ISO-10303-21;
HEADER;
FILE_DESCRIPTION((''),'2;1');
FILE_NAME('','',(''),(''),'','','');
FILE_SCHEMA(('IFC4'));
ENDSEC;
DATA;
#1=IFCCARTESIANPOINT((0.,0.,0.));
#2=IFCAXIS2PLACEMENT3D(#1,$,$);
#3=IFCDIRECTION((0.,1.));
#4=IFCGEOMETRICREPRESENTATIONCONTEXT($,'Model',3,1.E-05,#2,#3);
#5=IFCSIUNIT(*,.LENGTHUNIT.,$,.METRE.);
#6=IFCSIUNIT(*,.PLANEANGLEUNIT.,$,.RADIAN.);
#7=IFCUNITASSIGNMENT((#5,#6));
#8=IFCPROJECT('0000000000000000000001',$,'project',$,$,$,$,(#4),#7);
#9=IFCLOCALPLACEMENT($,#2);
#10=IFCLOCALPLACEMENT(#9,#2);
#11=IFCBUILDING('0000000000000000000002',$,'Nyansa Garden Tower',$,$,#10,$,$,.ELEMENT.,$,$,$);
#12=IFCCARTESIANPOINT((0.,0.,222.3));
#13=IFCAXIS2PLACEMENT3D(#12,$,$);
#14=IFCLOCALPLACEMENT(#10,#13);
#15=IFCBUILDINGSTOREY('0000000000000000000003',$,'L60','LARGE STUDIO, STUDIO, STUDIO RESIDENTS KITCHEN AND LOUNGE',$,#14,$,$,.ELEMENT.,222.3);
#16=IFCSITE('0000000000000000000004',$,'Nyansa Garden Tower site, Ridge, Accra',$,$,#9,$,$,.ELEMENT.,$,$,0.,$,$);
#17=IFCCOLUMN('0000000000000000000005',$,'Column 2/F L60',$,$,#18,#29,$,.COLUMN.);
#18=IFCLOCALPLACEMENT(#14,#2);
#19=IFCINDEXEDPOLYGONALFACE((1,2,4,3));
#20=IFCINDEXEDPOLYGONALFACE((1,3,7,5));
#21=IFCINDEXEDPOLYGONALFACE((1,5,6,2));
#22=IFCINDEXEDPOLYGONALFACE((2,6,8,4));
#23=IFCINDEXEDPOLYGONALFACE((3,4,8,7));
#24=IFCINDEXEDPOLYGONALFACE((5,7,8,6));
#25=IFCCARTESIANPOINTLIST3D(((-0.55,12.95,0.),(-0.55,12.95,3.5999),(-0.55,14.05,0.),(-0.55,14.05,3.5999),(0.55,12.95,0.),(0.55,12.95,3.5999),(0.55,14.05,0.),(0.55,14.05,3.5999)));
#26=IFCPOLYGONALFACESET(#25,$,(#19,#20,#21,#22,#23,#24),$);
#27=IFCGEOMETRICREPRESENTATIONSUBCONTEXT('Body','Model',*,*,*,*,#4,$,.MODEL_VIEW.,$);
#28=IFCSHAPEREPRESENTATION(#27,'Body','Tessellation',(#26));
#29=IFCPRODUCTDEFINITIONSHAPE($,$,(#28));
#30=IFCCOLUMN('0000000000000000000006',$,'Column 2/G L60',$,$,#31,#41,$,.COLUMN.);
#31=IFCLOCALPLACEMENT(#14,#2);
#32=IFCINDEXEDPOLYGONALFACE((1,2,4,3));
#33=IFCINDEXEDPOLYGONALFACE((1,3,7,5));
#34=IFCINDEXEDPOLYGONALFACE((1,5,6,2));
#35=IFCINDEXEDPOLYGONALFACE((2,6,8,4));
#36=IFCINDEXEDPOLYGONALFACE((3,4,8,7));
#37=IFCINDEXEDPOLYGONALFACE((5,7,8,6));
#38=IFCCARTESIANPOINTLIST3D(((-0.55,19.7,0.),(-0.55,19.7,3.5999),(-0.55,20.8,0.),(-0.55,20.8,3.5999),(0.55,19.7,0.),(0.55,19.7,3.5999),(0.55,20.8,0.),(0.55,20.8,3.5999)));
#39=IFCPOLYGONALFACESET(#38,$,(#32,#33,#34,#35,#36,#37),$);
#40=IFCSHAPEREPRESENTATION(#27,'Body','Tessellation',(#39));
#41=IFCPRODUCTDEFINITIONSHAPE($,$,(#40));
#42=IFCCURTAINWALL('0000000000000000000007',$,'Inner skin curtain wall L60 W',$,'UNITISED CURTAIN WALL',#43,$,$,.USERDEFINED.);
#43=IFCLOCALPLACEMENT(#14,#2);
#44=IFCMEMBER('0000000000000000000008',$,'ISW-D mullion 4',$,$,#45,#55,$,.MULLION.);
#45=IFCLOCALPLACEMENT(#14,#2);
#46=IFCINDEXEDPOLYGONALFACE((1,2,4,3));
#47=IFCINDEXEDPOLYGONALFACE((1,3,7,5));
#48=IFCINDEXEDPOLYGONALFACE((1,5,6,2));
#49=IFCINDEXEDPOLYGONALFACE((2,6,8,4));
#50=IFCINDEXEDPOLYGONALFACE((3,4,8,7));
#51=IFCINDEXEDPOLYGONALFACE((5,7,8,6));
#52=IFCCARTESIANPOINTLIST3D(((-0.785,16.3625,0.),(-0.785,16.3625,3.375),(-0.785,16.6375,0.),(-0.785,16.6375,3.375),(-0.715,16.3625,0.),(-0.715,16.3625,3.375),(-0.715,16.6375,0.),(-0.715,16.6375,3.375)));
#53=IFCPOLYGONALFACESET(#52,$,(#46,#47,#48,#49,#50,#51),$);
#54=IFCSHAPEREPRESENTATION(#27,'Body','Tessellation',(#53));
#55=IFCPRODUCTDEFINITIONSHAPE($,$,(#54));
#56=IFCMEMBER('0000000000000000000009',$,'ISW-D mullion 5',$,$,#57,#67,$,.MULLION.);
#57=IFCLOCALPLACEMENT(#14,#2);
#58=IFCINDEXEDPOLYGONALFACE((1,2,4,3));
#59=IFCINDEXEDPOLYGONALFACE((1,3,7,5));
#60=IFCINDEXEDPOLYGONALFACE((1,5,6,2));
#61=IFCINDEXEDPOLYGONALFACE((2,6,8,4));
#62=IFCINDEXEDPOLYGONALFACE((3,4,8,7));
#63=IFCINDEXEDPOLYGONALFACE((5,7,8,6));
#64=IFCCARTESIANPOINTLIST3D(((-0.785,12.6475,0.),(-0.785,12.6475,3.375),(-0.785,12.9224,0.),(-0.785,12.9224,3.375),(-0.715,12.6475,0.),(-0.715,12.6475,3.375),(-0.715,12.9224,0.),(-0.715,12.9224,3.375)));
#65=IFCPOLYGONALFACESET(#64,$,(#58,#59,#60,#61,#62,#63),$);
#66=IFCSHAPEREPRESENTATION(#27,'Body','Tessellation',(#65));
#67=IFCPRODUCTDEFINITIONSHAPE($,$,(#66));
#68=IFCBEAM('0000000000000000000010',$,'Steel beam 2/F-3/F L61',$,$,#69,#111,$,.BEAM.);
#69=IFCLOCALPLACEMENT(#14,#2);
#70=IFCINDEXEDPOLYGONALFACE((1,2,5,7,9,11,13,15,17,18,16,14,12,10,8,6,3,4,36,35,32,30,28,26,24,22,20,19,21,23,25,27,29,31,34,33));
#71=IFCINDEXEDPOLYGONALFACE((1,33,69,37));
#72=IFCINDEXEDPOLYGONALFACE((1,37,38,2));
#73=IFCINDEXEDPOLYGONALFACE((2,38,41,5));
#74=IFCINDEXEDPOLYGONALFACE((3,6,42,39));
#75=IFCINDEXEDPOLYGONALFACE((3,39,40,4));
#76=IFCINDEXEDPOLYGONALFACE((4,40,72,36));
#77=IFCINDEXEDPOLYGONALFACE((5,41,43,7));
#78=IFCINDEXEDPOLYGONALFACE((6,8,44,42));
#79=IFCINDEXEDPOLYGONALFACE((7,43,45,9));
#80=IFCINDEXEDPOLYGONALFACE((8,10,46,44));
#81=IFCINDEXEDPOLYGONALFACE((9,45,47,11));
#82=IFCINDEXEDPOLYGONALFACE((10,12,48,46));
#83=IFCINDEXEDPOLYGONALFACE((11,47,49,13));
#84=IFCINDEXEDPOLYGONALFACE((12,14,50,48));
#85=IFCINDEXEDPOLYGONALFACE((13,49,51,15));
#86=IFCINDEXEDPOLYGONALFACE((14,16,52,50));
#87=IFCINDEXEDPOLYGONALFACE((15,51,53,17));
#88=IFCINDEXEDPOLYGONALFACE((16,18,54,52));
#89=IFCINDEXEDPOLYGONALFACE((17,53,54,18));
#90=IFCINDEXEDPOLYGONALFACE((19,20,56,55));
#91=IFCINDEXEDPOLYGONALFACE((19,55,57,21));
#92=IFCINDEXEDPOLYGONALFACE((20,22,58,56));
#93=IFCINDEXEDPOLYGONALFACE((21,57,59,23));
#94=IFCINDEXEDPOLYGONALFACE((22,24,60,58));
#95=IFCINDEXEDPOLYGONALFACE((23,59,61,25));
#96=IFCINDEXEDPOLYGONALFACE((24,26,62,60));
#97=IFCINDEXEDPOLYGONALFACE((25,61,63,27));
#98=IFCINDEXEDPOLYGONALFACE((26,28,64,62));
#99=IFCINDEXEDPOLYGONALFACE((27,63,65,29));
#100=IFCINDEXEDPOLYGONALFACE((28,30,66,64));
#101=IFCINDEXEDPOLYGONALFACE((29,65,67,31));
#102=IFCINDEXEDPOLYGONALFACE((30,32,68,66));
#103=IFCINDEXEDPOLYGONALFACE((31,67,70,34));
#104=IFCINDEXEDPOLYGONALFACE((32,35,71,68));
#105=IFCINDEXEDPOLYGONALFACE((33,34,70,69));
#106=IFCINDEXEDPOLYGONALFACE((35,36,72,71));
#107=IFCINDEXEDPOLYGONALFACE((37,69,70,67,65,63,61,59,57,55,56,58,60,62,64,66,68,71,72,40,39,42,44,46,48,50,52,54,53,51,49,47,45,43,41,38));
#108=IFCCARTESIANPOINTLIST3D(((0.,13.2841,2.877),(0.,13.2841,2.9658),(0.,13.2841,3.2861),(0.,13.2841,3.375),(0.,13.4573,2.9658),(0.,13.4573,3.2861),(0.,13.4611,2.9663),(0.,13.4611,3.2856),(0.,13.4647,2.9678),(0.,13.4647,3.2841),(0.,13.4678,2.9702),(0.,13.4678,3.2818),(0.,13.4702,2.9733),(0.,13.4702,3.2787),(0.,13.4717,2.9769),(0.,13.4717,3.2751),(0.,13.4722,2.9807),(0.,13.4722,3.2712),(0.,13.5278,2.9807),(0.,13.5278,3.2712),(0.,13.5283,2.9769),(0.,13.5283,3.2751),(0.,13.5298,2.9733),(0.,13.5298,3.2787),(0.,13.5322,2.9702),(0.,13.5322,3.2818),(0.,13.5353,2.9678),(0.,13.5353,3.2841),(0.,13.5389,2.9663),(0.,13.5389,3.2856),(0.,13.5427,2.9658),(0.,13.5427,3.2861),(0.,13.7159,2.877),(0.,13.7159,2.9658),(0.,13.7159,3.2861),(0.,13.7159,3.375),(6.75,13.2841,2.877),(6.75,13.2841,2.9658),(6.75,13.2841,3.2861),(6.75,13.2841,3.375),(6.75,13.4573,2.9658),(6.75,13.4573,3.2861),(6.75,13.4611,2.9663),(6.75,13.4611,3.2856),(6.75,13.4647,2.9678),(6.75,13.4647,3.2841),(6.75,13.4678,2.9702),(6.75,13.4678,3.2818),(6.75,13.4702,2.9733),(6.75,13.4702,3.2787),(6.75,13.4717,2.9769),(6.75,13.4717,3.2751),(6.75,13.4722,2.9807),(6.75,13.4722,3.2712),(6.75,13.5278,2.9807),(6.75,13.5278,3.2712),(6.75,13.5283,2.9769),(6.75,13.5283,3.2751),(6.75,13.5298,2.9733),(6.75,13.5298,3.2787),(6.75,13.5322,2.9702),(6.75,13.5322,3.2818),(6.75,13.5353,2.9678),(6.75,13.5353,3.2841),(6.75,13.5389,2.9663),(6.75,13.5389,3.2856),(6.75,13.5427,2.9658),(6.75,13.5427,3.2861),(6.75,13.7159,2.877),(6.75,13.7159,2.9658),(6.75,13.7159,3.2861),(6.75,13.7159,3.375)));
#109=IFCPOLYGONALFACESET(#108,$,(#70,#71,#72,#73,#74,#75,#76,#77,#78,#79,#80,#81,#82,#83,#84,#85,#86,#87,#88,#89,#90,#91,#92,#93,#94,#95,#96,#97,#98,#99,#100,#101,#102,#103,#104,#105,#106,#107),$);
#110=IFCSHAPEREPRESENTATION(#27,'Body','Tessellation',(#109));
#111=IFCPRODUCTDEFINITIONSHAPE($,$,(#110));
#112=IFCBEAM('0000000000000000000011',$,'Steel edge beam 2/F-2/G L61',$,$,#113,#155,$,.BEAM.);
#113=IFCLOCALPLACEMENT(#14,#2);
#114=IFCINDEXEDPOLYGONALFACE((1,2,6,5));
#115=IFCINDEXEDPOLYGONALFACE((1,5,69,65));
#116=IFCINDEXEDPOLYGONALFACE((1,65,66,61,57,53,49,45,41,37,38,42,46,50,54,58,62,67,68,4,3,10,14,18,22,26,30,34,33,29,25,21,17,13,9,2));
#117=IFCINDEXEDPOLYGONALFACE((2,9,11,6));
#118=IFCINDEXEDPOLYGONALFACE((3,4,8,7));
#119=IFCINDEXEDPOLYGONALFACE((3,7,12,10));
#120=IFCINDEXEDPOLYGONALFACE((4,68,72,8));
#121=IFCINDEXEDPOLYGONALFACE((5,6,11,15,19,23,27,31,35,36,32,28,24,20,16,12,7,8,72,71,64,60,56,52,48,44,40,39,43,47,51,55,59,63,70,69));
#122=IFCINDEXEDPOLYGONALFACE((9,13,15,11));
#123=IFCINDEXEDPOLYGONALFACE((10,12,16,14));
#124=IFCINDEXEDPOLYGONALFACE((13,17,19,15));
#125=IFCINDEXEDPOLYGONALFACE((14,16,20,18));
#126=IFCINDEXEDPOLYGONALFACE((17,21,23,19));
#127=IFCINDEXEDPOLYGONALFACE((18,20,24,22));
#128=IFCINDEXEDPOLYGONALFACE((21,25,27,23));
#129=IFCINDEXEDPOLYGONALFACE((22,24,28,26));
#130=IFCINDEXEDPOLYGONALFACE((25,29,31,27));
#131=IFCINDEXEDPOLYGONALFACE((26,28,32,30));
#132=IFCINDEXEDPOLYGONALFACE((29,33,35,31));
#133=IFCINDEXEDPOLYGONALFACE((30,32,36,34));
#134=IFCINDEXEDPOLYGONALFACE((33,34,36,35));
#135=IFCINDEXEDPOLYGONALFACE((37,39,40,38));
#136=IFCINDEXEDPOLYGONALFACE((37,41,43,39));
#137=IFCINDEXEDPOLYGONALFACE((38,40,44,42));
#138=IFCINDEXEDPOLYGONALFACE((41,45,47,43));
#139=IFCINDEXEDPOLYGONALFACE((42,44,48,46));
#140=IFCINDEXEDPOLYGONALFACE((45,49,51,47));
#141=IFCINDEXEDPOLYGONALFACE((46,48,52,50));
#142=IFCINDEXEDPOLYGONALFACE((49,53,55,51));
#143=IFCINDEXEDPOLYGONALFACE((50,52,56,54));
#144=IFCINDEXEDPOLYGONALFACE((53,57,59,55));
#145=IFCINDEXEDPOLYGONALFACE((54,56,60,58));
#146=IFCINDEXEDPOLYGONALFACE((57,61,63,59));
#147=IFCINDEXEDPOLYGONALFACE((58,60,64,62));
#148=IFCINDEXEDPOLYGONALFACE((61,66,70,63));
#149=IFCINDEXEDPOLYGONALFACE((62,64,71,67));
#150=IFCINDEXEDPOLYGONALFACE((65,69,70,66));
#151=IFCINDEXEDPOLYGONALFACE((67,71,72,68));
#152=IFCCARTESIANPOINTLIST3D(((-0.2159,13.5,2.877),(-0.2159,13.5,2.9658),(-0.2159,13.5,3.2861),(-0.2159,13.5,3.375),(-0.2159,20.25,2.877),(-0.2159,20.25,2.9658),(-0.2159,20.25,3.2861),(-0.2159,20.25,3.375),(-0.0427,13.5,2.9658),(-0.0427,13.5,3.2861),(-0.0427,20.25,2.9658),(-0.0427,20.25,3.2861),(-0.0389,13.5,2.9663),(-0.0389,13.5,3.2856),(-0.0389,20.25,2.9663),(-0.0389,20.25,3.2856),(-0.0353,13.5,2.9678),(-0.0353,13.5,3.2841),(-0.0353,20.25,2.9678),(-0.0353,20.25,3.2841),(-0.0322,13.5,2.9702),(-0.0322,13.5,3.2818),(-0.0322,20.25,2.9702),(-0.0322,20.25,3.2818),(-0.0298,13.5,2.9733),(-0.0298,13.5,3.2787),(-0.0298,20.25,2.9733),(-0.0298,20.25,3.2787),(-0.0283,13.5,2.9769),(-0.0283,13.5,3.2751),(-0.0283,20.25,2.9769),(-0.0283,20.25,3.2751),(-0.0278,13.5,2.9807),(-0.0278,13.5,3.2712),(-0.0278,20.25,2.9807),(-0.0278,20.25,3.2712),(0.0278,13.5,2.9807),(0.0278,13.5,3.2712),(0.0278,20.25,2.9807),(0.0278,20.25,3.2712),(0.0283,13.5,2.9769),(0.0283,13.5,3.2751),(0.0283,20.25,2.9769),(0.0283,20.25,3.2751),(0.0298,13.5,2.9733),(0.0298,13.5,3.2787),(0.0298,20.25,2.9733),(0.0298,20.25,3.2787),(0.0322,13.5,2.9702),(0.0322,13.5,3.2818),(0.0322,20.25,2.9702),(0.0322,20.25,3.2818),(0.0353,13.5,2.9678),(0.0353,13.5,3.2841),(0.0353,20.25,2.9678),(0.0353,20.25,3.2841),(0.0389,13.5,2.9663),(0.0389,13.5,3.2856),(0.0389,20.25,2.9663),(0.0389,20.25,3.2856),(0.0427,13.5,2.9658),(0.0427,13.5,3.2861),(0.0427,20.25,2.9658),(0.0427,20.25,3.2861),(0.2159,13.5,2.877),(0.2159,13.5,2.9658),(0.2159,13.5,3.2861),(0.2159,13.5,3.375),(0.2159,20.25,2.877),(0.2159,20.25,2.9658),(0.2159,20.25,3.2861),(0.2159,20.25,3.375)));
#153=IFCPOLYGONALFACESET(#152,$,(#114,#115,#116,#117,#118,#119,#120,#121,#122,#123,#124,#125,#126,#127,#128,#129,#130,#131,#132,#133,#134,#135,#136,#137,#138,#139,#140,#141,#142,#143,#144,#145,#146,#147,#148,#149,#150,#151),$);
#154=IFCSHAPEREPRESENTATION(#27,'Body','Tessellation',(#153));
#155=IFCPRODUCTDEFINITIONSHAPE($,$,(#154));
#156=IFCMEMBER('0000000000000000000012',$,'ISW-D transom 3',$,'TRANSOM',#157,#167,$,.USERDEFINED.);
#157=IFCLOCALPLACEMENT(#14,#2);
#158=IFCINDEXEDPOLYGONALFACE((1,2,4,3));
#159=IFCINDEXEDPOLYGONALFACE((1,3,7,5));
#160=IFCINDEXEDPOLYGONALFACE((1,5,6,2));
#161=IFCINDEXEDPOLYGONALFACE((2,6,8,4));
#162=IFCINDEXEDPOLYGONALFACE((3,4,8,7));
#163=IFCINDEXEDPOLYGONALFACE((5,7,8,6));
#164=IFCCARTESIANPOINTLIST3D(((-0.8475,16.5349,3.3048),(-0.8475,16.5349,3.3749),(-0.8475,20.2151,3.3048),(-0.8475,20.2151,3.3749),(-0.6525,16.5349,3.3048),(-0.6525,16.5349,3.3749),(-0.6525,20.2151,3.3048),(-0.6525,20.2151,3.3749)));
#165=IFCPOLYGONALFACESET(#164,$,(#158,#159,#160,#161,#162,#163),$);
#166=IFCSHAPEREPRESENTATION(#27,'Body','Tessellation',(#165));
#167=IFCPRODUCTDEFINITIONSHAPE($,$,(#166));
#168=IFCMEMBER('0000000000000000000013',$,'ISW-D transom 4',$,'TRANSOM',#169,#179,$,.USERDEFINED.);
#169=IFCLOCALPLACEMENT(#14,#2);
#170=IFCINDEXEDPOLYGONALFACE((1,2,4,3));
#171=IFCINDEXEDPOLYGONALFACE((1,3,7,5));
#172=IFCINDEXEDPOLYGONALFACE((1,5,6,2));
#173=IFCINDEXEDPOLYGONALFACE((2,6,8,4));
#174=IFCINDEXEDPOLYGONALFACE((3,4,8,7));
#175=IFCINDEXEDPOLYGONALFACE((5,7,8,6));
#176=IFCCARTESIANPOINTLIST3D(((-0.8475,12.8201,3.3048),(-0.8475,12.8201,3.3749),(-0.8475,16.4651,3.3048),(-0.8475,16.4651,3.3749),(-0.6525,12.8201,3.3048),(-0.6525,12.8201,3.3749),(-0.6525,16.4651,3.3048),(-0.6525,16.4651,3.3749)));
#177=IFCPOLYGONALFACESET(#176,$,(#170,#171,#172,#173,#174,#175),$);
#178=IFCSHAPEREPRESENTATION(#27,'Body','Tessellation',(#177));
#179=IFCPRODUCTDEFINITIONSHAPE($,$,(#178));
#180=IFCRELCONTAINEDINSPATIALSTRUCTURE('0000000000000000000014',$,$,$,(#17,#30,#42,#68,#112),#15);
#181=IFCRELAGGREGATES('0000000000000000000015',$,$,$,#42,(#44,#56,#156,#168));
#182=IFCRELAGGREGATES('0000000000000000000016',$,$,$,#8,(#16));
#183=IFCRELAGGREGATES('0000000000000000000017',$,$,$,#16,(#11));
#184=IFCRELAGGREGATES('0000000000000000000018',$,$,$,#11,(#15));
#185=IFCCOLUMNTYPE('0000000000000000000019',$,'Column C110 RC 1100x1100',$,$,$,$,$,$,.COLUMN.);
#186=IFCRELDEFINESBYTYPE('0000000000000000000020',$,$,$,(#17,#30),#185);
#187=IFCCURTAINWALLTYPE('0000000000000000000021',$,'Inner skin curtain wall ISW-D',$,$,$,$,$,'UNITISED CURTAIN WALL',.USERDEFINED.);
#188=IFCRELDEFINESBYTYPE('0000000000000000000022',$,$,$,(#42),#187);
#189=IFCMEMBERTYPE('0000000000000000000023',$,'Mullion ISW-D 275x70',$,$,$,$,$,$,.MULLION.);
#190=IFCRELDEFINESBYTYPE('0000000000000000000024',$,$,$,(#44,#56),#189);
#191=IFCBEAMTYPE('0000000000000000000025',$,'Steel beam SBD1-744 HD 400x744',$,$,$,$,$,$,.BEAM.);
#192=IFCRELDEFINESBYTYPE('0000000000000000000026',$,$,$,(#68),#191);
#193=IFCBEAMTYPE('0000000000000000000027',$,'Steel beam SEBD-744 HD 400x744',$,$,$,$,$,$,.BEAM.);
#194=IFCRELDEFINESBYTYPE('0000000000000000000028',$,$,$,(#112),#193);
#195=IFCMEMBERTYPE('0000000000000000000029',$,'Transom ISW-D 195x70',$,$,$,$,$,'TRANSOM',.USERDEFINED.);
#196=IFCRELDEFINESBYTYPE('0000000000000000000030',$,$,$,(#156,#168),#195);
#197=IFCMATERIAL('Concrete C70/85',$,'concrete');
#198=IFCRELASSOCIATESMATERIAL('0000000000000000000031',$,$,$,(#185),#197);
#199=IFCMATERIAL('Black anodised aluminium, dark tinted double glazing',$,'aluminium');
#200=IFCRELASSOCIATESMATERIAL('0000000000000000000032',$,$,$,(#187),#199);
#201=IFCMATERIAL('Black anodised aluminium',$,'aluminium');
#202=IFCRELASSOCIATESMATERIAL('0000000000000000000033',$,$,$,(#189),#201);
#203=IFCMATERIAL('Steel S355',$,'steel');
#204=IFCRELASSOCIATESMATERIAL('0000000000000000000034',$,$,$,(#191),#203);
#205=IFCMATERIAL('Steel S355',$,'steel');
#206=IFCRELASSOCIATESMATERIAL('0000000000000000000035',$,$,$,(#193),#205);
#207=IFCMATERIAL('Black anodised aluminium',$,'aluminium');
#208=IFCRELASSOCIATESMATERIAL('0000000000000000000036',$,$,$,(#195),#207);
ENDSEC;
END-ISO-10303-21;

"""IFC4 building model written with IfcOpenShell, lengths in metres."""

from ifc_helpers import new_model, si_unit, direction, frame, origin, origin_2d, place, context, subcontext, project, spatial, rectangle, i_section, extrude, material, material_profile, profile_set, type_object, element, aggregate, save


model = new_model("IFC4")

# Units and contexts
model_context = context("Model", 3, precision=1e-05, world=origin(), true_north=direction((0.0, 1.0)))
body_context = subcontext(model_context, "Body", "Model", "MODEL_VIEW")
ifc_project = project(units=[si_unit("LENGTHUNIT", "METRE"), si_unit("PLANEANGLEUNIT", "RADIAN")], contexts=[model_context])

# Site, building, storey
site_placement = place(None, origin())
site = spatial("IfcSite", under=ifc_project, at=site_placement, Name="Nyansa Garden Tower site, Ridge, Accra", CompositionType="ELEMENT", RefElevation=0.0)
building_placement = place(site_placement, origin())
building = spatial("IfcBuilding", under=site, at=building_placement, Name="Nyansa Garden Tower", CompositionType="ELEMENT")
storey_placement = place(building_placement, frame((0.0, 0.0, 222.3)))
storey = spatial("IfcBuildingStorey", under=building, at=storey_placement, Name="L60", Description="LARGE STUDIO, STUDIO, STUDIO RESIDENTS KITCHEN AND LOUNGE", CompositionType="ELEMENT", Elevation=222.3)

# Columns
ifc_material_1 = material(Name="Concrete C70/85", Category="concrete")
ifc_material_profile_1 = material_profile(ifc_material_1, rectangle(XDim=1.1001, YDim=1.1001, at=origin_2d()), Name="RC 1100x1100")
ifc_profile_set_1 = profile_set([ifc_material_profile_1], Name="Concrete C70/85")
column_type = type_object("IfcColumnType", Name="Column C110 RC 1100x1100", PredefinedType="COLUMN", material=ifc_profile_set_1)
for number, where, z_axis, x_axis, name in (
    (1, (0.0, 13.5, 0.0), (0.0, 0.0, 1.0), (1.0, 0.0, 0.0), "Column 2/F L60"),
    (2, (0.0, 20.25, 0.0), (0.0, 0.0, 1.0), (1.0, 0.0, 0.0), "Column 2/G L60"),
):
    element("IfcColumn", number, at=place(storey_placement, frame(where, z_axis=z_axis, x_axis=x_axis)), inside=storey, type_object=column_type, Name=name, PredefinedType="COLUMN", context=body_context, shape_type="SweptSolid", body=[
        extrude(rectangle(XDim=1.1001, YDim=1.1001, at=origin_2d()), origin(), (0.0, 0.0, 1.0), 3.5999),
    ])

# Curtain wall, members
ifc_material_2 = material(Name="Black anodised aluminium, dark tinted double glazing", Category="aluminium")
curtain_wall_type = type_object("IfcCurtainWallType", Name="Inner skin curtain wall ISW-D", ElementType="UNITISED CURTAIN WALL", PredefinedType="USERDEFINED", material=ifc_material_2)
curtain_wall_placement = place(storey_placement, origin())
curtain_wall = element("IfcCurtainWall", 3, at=curtain_wall_placement, inside=storey, type_object=curtain_wall_type, Name="Inner skin curtain wall L60 W", ObjectType="UNITISED CURTAIN WALL", PredefinedType="USERDEFINED")
ifc_material_3 = material(Name="Black anodised aluminium", Category="aluminium")
ifc_material_profile_2 = material_profile(ifc_material_3, rectangle(XDim=0.0701, YDim=0.2749, at=origin_2d()), Name="Mullion 275x70")
ifc_profile_set_2 = profile_set([ifc_material_profile_2], Name="Black anodised aluminium")
member_type_1 = type_object("IfcMemberType", Name="Mullion ISW-D 275x70", PredefinedType="MULLION", material=ifc_profile_set_2)
member_1_placement = place(storey_placement, frame((-0.75, 16.5, 0.0), z_axis=(0.0, 0.0, 1.0), x_axis=(1.0, 0.0, 0.0)))
member_1 = element("IfcMember", 4, at=member_1_placement, type_object=member_type_1, Name="ISW-D mullion 4", PredefinedType="MULLION", context=body_context, shape_type="SweptSolid", body=[
    extrude(rectangle(XDim=0.0701, YDim=0.2749, at=origin_2d()), origin(), (0.0, 0.0, 1.0), 3.375),
])
member_2_placement = place(storey_placement, frame((-0.75, 12.7849, 0.0), z_axis=(0.0, 0.0, 1.0), x_axis=(1.0, 0.0, 0.0)))
member_2 = element("IfcMember", 5, at=member_2_placement, type_object=member_type_1, Name="ISW-D mullion 5", PredefinedType="MULLION", context=body_context, shape_type="SweptSolid", body=[
    extrude(rectangle(XDim=0.0701, YDim=0.2749, at=origin_2d()), origin(), (0.0, 0.0, 1.0), 3.375),
])

# Beams
ifc_material_4 = material(Name="Steel S355", Category="steel")
ifc_material_profile_3 = material_profile(ifc_material_4, i_section(OverallWidth=0.4319, OverallDepth=0.498, WebThickness=0.0557, FlangeThickness=0.0889, FilletRadius=0.0149, at=origin_2d()), Name="HD 400x744")
ifc_profile_set_3 = profile_set([ifc_material_profile_3], Name="Steel S355")
beam_type_1 = type_object("IfcBeamType", Name="Steel beam SBD1-744 HD 400x744", PredefinedType="BEAM", material=ifc_profile_set_3)
beam_1_placement = place(storey_placement, frame((0.0, 13.5, 3.126), z_axis=(1.0, 0.0, 0.0), x_axis=(0.0, 1.0, 0.0)))
element("IfcBeam", 6, at=beam_1_placement, inside=storey, type_object=beam_type_1, Name="Steel beam 2/F-3/F L61", PredefinedType="BEAM", context=body_context, shape_type="SweptSolid", body=[
    extrude(i_section(OverallWidth=0.4319, OverallDepth=0.498, WebThickness=0.0557, FlangeThickness=0.0889, FilletRadius=0.0149, at=origin_2d()), origin(), (0.0, 0.0, 1.0), 6.75),
])
ifc_material_5 = material(Name="Steel S355", Category="steel")
ifc_material_profile_4 = material_profile(ifc_material_5, i_section(OverallWidth=0.4319, OverallDepth=0.498, WebThickness=0.0557, FlangeThickness=0.0889, FilletRadius=0.0149, at=origin_2d()), Name="HD 400x744")
ifc_profile_set_4 = profile_set([ifc_material_profile_4], Name="Steel S355")
beam_type_2 = type_object("IfcBeamType", Name="Steel beam SEBD-744 HD 400x744", PredefinedType="BEAM", material=ifc_profile_set_4)
beam_2_placement = place(storey_placement, frame((0.0, 13.5, 3.126), z_axis=(0.0, 1.0, 0.0), x_axis=(-1.0, 0.0, 0.0)))
element("IfcBeam", 7, at=beam_2_placement, inside=storey, type_object=beam_type_2, Name="Steel edge beam 2/F-2/G L61", PredefinedType="BEAM", context=body_context, shape_type="SweptSolid", body=[
    extrude(i_section(OverallWidth=0.4319, OverallDepth=0.498, WebThickness=0.0557, FlangeThickness=0.0889, FilletRadius=0.0149, at=origin_2d()), origin(), (0.0, 0.0, 1.0), 6.75),
])

# Members
ifc_material_6 = material(Name="Black anodised aluminium", Category="aluminium")
ifc_material_profile_5 = material_profile(ifc_material_6, rectangle(XDim=0.1951, YDim=0.0701, at=origin_2d()), Name="Transom 195x70")
ifc_profile_set_5 = profile_set([ifc_material_profile_5], Name="Black anodised aluminium")
member_type_2 = type_object("IfcMemberType", Name="Transom ISW-D 195x70", ElementType="TRANSOM", PredefinedType="USERDEFINED", material=ifc_profile_set_5)
member_3_placement = place(storey_placement, frame((-0.75, 20.2151, 3.3398), z_axis=(0.0, -1.0, 0.0), x_axis=(1.0, 0.0, 0.0)))
member_3 = element("IfcMember", 8, at=member_3_placement, type_object=member_type_2, Name="ISW-D transom 3", ObjectType="TRANSOM", PredefinedType="USERDEFINED", context=body_context, shape_type="SweptSolid", body=[
    extrude(rectangle(XDim=0.1951, YDim=0.0701, at=origin_2d()), origin(), (0.0, 0.0, 1.0), 3.6802),
])
member_4_placement = place(storey_placement, frame((-0.75, 16.4651, 3.3398), z_axis=(0.0, -1.0, 0.0), x_axis=(1.0, 0.0, 0.0)))
member_4 = element("IfcMember", 9, at=member_4_placement, type_object=member_type_2, Name="ISW-D transom 4", ObjectType="TRANSOM", PredefinedType="USERDEFINED", context=body_context, shape_type="SweptSolid", body=[
    extrude(rectangle(XDim=0.1951, YDim=0.0701, at=origin_2d()), origin(), (0.0, 0.0, 1.0), 3.645),
])

aggregate(curtain_wall, [member_1, member_2, member_3, member_4])

save(model, "model.ifc")
